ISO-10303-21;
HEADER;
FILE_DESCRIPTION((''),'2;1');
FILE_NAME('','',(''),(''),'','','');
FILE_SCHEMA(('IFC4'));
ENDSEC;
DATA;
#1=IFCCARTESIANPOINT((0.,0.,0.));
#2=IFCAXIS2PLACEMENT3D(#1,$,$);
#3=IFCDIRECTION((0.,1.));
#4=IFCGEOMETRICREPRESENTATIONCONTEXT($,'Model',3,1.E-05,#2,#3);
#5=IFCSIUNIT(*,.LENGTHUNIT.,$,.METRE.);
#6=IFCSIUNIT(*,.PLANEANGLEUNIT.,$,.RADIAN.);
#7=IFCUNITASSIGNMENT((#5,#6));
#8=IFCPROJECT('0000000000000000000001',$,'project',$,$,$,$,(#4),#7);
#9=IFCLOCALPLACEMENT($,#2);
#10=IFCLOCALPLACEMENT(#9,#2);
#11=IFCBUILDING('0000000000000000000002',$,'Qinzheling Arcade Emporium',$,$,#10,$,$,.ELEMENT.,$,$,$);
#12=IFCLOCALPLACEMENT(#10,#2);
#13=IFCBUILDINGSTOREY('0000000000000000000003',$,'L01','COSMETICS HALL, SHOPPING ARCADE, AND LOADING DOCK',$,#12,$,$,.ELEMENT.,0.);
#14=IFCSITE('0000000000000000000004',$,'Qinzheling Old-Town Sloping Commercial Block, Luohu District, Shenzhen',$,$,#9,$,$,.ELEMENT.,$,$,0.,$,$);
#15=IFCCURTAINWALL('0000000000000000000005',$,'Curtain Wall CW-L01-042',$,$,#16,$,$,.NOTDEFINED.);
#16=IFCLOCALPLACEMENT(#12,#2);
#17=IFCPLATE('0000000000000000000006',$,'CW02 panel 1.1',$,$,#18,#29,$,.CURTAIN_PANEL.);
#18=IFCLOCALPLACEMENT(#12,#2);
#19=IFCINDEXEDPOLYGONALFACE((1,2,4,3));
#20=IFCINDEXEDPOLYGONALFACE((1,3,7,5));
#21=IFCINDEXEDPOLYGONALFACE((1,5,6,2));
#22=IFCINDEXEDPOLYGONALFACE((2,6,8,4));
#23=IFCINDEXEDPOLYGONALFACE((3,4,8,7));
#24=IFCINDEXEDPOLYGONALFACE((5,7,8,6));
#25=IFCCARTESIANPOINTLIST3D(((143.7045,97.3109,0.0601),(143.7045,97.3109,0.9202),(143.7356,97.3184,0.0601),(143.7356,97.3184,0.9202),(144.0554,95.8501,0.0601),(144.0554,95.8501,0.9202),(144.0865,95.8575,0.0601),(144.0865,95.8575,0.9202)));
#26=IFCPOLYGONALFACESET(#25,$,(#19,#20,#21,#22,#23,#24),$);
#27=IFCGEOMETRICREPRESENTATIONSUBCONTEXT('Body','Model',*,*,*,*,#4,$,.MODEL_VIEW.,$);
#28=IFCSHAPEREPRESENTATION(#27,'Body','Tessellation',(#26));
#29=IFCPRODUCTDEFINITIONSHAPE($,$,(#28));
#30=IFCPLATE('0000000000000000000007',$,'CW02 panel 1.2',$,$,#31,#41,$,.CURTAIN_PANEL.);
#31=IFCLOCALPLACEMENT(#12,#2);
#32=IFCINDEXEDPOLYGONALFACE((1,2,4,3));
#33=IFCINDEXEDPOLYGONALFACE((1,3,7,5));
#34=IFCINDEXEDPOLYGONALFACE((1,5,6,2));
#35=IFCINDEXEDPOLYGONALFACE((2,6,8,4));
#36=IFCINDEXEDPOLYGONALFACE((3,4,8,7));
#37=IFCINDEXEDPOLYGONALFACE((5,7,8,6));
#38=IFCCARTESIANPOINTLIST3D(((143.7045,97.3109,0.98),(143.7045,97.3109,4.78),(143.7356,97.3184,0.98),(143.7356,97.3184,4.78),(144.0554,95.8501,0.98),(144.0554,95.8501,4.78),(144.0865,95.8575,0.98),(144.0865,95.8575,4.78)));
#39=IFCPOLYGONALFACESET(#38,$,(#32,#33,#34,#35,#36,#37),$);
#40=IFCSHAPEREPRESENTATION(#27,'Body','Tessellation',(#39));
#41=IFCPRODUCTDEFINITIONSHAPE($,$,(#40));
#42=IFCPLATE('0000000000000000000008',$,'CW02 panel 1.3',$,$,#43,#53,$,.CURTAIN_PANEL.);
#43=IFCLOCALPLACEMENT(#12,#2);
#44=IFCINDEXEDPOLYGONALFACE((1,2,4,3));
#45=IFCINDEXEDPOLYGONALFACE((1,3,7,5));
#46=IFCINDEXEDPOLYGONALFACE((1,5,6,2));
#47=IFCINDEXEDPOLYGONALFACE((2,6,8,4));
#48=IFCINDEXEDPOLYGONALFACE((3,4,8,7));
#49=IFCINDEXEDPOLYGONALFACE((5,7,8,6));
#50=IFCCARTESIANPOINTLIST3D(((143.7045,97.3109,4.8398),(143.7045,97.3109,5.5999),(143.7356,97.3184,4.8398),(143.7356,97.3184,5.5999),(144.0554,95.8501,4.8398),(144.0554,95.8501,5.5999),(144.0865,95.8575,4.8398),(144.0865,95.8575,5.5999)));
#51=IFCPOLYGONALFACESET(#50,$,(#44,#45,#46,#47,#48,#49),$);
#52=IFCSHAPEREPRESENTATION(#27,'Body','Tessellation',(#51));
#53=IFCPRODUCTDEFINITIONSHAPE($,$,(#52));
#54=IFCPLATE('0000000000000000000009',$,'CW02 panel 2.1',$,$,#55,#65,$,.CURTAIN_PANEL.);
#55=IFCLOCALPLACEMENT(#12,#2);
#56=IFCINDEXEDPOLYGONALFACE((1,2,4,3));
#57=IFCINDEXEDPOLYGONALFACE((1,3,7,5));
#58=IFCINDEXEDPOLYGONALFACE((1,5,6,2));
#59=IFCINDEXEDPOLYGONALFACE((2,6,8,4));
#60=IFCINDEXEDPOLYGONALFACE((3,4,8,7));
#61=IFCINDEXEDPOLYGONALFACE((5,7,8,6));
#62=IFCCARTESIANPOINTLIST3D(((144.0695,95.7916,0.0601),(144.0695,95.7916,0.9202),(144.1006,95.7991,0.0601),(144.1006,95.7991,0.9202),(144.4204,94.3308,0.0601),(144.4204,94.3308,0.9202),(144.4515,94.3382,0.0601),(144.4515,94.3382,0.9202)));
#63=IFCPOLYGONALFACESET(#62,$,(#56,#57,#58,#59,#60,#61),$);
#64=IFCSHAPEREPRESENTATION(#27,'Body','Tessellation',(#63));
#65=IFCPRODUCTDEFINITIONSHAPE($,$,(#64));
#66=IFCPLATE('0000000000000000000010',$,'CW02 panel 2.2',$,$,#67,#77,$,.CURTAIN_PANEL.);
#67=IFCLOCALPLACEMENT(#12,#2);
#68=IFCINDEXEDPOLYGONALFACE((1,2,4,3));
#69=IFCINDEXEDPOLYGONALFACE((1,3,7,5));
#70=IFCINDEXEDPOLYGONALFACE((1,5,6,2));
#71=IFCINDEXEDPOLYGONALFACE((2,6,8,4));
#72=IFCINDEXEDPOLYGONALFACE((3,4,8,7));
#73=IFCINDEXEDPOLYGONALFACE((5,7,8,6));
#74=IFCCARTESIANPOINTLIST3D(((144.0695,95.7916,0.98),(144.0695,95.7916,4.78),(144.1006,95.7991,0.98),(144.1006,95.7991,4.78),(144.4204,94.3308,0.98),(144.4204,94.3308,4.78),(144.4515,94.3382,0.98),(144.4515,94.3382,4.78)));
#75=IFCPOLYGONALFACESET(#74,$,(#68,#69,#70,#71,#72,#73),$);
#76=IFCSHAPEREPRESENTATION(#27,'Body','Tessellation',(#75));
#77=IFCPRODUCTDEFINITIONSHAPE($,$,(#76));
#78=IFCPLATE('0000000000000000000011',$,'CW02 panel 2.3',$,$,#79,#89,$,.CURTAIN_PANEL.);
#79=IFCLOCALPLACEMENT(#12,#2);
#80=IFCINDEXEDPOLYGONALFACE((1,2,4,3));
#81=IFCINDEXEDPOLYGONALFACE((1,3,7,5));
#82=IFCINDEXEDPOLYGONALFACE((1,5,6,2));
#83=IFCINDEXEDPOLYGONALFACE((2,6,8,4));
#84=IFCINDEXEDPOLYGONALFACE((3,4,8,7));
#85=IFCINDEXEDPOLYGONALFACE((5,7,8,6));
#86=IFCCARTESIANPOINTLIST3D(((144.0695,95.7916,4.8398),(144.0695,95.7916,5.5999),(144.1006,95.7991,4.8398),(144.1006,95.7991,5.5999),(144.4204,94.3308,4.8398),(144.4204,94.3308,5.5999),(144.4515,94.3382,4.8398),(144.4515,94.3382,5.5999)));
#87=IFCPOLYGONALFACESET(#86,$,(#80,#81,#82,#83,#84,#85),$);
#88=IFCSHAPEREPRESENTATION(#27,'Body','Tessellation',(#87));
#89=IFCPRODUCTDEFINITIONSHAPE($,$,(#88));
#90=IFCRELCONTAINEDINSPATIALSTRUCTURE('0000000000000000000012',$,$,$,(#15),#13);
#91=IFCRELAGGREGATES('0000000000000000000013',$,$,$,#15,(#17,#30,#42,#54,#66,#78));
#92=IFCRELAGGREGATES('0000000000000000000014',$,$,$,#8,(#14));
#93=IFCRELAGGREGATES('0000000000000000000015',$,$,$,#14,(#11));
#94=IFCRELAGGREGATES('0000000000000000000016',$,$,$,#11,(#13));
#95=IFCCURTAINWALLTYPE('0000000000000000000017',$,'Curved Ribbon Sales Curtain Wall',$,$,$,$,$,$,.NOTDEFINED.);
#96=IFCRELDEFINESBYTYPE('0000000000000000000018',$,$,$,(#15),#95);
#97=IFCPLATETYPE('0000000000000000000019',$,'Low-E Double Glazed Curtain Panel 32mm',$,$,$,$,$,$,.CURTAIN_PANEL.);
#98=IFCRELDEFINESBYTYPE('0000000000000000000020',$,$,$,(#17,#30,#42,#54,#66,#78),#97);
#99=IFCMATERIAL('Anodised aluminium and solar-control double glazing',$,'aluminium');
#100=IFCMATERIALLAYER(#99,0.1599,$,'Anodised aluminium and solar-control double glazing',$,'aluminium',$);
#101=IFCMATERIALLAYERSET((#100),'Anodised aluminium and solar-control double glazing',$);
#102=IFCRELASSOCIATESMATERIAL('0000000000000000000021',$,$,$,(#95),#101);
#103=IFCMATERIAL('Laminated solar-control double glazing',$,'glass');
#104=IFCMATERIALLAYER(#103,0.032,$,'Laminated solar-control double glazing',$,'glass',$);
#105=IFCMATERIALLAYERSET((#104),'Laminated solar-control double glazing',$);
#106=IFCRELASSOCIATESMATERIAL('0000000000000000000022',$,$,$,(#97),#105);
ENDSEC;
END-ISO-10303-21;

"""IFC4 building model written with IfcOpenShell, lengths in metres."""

from ifc_helpers import new_model, si_unit, direction, frame, origin, origin_2d, place, context, subcontext, project, spatial, rectangle, extrude, material, layer, layer_set, type_object, element, aggregate, save


model = new_model("IFC4")

# Units and contexts
model_context = context("Model", 3, precision=1e-05, world=origin(), true_north=direction((0.0, 1.0)))
body_context = subcontext(model_context, "Body", "Model", "MODEL_VIEW")
ifc_project = project(units=[si_unit("LENGTHUNIT", "METRE"), si_unit("PLANEANGLEUNIT", "RADIAN")], contexts=[model_context])

# Site, building, storey
site_placement = place(None, origin())
site = spatial("IfcSite", under=ifc_project, at=site_placement, Name="Qinzheling Old-Town Sloping Commercial Block, Luohu District, Shenzhen", CompositionType="ELEMENT", RefElevation=0.0)
building_placement = place(site_placement, origin())
building = spatial("IfcBuilding", under=site, at=building_placement, Name="Qinzheling Arcade Emporium", CompositionType="ELEMENT")
storey_placement = place(building_placement, origin())
storey = spatial("IfcBuildingStorey", under=building, at=storey_placement, Name="L01", Description="COSMETICS HALL, SHOPPING ARCADE, AND LOADING DOCK", CompositionType="ELEMENT", Elevation=0.0)

# Curtain wall
ifc_material_1 = material(Name="Anodised aluminium and solar-control double glazing", Category="aluminium")
ifc_layer_1 = layer(ifc_material_1, 0.1599, Name="Anodised aluminium and solar-control double glazing", Category="aluminium")
ifc_layer_set_1 = layer_set([ifc_layer_1], Name="Anodised aluminium and solar-control double glazing")
curtain_wall_type = type_object("IfcCurtainWallType", Name="Curved Ribbon Sales Curtain Wall", PredefinedType="NOTDEFINED", material=ifc_layer_set_1)
curtain_wall_1_placement = place(storey_placement, origin())
curtain_wall_1 = element("IfcCurtainWall", 1, at=curtain_wall_1_placement, inside=storey, type_object=curtain_wall_type, Name="Curtain Wall CW-L01-042", PredefinedType="NOTDEFINED")

# Plates
ifc_material_2 = material(Name="Laminated solar-control double glazing", Category="glass")
ifc_layer_2 = layer(ifc_material_2, 0.032, Name="Laminated solar-control double glazing", Category="glass")
ifc_layer_set_2 = layer_set([ifc_layer_2], Name="Laminated solar-control double glazing")
plate_type_1 = type_object("IfcPlateType", Name="Low-E Double Glazed Curtain Panel 32mm", PredefinedType="CURTAIN_PANEL", material=ifc_layer_set_2)
plate_1_placement = place(storey_placement, frame((143.8955, 96.5842, 0.0601), z_axis=(0.0, 0.0, 1.0), x_axis=(0.233587, -0.972336, 0.0)))
plate_1 = element("IfcPlate", 2, at=plate_1_placement, type_object=plate_type_1, Name="CW02 panel 1.1", PredefinedType="CURTAIN_PANEL", context=body_context, shape_type="SweptSolid", body=[
    extrude(rectangle(XDim=1.5024, YDim=0.032, at=origin_2d()), origin(), (0.0, 0.0, 1.0), 0.8601),
])
plate_2_placement = place(storey_placement, frame((143.8955, 96.5842, 0.98), z_axis=(0.0, 0.0, 1.0), x_axis=(0.233587, -0.972336, 0.0)))
plate_2 = element("IfcPlate", 3, at=plate_2_placement, type_object=plate_type_1, Name="CW02 panel 1.2", PredefinedType="CURTAIN_PANEL", context=body_context, shape_type="SweptSolid", body=[
    extrude(rectangle(XDim=1.5024, YDim=0.032, at=origin_2d()), origin(), (0.0, 0.0, 1.0), 3.8),
])
plate_3_placement = place(storey_placement, frame((143.8955, 96.5842, 4.8398), z_axis=(0.0, 0.0, 1.0), x_axis=(0.233587, -0.972336, 0.0)))
plate_3 = element("IfcPlate", 4, at=plate_3_placement, type_object=plate_type_1, Name="CW02 panel 1.3", PredefinedType="CURTAIN_PANEL", context=body_context, shape_type="SweptSolid", body=[
    extrude(rectangle(XDim=1.5024, YDim=0.032, at=origin_2d()), origin(), (0.0, 0.0, 1.0), 0.76),
])
plate_4_placement = place(storey_placement, frame((144.2605, 95.0649, 0.0601), z_axis=(0.0, 0.0, 1.0), x_axis=(0.233587, -0.972336, 0.0)))
plate_4 = element("IfcPlate", 5, at=plate_4_placement, type_object=plate_type_1, Name="CW02 panel 2.1", PredefinedType="CURTAIN_PANEL", context=body_context, shape_type="SweptSolid", body=[
    extrude(rectangle(XDim=1.5024, YDim=0.032, at=origin_2d()), origin(), (0.0, 0.0, 1.0), 0.8601),
])
plate_5_placement = place(storey_placement, frame((144.2605, 95.0649, 0.98), z_axis=(0.0, 0.0, 1.0), x_axis=(0.233587, -0.972336, 0.0)))
plate_5 = element("IfcPlate", 6, at=plate_5_placement, type_object=plate_type_1, Name="CW02 panel 2.2", PredefinedType="CURTAIN_PANEL", context=body_context, shape_type="SweptSolid", body=[
    extrude(rectangle(XDim=1.5024, YDim=0.032, at=origin_2d()), origin(), (0.0, 0.0, 1.0), 3.8),
])
plate_6_placement = place(storey_placement, frame((144.2605, 95.0649, 4.8398), z_axis=(0.0, 0.0, 1.0), x_axis=(0.233587, -0.972336, 0.0)))
plate_6 = element("IfcPlate", 7, at=plate_6_placement, type_object=plate_type_1, Name="CW02 panel 2.3", PredefinedType="CURTAIN_PANEL", context=body_context, shape_type="SweptSolid", body=[
    extrude(rectangle(XDim=1.5024, YDim=0.032, at=origin_2d()), origin(), (0.0, 0.0, 1.0), 0.76),
])
aggregate(curtain_wall_1, [plate_1, plate_2, plate_3, plate_4, plate_5, plate_6])

save(model, "model.ifc")
